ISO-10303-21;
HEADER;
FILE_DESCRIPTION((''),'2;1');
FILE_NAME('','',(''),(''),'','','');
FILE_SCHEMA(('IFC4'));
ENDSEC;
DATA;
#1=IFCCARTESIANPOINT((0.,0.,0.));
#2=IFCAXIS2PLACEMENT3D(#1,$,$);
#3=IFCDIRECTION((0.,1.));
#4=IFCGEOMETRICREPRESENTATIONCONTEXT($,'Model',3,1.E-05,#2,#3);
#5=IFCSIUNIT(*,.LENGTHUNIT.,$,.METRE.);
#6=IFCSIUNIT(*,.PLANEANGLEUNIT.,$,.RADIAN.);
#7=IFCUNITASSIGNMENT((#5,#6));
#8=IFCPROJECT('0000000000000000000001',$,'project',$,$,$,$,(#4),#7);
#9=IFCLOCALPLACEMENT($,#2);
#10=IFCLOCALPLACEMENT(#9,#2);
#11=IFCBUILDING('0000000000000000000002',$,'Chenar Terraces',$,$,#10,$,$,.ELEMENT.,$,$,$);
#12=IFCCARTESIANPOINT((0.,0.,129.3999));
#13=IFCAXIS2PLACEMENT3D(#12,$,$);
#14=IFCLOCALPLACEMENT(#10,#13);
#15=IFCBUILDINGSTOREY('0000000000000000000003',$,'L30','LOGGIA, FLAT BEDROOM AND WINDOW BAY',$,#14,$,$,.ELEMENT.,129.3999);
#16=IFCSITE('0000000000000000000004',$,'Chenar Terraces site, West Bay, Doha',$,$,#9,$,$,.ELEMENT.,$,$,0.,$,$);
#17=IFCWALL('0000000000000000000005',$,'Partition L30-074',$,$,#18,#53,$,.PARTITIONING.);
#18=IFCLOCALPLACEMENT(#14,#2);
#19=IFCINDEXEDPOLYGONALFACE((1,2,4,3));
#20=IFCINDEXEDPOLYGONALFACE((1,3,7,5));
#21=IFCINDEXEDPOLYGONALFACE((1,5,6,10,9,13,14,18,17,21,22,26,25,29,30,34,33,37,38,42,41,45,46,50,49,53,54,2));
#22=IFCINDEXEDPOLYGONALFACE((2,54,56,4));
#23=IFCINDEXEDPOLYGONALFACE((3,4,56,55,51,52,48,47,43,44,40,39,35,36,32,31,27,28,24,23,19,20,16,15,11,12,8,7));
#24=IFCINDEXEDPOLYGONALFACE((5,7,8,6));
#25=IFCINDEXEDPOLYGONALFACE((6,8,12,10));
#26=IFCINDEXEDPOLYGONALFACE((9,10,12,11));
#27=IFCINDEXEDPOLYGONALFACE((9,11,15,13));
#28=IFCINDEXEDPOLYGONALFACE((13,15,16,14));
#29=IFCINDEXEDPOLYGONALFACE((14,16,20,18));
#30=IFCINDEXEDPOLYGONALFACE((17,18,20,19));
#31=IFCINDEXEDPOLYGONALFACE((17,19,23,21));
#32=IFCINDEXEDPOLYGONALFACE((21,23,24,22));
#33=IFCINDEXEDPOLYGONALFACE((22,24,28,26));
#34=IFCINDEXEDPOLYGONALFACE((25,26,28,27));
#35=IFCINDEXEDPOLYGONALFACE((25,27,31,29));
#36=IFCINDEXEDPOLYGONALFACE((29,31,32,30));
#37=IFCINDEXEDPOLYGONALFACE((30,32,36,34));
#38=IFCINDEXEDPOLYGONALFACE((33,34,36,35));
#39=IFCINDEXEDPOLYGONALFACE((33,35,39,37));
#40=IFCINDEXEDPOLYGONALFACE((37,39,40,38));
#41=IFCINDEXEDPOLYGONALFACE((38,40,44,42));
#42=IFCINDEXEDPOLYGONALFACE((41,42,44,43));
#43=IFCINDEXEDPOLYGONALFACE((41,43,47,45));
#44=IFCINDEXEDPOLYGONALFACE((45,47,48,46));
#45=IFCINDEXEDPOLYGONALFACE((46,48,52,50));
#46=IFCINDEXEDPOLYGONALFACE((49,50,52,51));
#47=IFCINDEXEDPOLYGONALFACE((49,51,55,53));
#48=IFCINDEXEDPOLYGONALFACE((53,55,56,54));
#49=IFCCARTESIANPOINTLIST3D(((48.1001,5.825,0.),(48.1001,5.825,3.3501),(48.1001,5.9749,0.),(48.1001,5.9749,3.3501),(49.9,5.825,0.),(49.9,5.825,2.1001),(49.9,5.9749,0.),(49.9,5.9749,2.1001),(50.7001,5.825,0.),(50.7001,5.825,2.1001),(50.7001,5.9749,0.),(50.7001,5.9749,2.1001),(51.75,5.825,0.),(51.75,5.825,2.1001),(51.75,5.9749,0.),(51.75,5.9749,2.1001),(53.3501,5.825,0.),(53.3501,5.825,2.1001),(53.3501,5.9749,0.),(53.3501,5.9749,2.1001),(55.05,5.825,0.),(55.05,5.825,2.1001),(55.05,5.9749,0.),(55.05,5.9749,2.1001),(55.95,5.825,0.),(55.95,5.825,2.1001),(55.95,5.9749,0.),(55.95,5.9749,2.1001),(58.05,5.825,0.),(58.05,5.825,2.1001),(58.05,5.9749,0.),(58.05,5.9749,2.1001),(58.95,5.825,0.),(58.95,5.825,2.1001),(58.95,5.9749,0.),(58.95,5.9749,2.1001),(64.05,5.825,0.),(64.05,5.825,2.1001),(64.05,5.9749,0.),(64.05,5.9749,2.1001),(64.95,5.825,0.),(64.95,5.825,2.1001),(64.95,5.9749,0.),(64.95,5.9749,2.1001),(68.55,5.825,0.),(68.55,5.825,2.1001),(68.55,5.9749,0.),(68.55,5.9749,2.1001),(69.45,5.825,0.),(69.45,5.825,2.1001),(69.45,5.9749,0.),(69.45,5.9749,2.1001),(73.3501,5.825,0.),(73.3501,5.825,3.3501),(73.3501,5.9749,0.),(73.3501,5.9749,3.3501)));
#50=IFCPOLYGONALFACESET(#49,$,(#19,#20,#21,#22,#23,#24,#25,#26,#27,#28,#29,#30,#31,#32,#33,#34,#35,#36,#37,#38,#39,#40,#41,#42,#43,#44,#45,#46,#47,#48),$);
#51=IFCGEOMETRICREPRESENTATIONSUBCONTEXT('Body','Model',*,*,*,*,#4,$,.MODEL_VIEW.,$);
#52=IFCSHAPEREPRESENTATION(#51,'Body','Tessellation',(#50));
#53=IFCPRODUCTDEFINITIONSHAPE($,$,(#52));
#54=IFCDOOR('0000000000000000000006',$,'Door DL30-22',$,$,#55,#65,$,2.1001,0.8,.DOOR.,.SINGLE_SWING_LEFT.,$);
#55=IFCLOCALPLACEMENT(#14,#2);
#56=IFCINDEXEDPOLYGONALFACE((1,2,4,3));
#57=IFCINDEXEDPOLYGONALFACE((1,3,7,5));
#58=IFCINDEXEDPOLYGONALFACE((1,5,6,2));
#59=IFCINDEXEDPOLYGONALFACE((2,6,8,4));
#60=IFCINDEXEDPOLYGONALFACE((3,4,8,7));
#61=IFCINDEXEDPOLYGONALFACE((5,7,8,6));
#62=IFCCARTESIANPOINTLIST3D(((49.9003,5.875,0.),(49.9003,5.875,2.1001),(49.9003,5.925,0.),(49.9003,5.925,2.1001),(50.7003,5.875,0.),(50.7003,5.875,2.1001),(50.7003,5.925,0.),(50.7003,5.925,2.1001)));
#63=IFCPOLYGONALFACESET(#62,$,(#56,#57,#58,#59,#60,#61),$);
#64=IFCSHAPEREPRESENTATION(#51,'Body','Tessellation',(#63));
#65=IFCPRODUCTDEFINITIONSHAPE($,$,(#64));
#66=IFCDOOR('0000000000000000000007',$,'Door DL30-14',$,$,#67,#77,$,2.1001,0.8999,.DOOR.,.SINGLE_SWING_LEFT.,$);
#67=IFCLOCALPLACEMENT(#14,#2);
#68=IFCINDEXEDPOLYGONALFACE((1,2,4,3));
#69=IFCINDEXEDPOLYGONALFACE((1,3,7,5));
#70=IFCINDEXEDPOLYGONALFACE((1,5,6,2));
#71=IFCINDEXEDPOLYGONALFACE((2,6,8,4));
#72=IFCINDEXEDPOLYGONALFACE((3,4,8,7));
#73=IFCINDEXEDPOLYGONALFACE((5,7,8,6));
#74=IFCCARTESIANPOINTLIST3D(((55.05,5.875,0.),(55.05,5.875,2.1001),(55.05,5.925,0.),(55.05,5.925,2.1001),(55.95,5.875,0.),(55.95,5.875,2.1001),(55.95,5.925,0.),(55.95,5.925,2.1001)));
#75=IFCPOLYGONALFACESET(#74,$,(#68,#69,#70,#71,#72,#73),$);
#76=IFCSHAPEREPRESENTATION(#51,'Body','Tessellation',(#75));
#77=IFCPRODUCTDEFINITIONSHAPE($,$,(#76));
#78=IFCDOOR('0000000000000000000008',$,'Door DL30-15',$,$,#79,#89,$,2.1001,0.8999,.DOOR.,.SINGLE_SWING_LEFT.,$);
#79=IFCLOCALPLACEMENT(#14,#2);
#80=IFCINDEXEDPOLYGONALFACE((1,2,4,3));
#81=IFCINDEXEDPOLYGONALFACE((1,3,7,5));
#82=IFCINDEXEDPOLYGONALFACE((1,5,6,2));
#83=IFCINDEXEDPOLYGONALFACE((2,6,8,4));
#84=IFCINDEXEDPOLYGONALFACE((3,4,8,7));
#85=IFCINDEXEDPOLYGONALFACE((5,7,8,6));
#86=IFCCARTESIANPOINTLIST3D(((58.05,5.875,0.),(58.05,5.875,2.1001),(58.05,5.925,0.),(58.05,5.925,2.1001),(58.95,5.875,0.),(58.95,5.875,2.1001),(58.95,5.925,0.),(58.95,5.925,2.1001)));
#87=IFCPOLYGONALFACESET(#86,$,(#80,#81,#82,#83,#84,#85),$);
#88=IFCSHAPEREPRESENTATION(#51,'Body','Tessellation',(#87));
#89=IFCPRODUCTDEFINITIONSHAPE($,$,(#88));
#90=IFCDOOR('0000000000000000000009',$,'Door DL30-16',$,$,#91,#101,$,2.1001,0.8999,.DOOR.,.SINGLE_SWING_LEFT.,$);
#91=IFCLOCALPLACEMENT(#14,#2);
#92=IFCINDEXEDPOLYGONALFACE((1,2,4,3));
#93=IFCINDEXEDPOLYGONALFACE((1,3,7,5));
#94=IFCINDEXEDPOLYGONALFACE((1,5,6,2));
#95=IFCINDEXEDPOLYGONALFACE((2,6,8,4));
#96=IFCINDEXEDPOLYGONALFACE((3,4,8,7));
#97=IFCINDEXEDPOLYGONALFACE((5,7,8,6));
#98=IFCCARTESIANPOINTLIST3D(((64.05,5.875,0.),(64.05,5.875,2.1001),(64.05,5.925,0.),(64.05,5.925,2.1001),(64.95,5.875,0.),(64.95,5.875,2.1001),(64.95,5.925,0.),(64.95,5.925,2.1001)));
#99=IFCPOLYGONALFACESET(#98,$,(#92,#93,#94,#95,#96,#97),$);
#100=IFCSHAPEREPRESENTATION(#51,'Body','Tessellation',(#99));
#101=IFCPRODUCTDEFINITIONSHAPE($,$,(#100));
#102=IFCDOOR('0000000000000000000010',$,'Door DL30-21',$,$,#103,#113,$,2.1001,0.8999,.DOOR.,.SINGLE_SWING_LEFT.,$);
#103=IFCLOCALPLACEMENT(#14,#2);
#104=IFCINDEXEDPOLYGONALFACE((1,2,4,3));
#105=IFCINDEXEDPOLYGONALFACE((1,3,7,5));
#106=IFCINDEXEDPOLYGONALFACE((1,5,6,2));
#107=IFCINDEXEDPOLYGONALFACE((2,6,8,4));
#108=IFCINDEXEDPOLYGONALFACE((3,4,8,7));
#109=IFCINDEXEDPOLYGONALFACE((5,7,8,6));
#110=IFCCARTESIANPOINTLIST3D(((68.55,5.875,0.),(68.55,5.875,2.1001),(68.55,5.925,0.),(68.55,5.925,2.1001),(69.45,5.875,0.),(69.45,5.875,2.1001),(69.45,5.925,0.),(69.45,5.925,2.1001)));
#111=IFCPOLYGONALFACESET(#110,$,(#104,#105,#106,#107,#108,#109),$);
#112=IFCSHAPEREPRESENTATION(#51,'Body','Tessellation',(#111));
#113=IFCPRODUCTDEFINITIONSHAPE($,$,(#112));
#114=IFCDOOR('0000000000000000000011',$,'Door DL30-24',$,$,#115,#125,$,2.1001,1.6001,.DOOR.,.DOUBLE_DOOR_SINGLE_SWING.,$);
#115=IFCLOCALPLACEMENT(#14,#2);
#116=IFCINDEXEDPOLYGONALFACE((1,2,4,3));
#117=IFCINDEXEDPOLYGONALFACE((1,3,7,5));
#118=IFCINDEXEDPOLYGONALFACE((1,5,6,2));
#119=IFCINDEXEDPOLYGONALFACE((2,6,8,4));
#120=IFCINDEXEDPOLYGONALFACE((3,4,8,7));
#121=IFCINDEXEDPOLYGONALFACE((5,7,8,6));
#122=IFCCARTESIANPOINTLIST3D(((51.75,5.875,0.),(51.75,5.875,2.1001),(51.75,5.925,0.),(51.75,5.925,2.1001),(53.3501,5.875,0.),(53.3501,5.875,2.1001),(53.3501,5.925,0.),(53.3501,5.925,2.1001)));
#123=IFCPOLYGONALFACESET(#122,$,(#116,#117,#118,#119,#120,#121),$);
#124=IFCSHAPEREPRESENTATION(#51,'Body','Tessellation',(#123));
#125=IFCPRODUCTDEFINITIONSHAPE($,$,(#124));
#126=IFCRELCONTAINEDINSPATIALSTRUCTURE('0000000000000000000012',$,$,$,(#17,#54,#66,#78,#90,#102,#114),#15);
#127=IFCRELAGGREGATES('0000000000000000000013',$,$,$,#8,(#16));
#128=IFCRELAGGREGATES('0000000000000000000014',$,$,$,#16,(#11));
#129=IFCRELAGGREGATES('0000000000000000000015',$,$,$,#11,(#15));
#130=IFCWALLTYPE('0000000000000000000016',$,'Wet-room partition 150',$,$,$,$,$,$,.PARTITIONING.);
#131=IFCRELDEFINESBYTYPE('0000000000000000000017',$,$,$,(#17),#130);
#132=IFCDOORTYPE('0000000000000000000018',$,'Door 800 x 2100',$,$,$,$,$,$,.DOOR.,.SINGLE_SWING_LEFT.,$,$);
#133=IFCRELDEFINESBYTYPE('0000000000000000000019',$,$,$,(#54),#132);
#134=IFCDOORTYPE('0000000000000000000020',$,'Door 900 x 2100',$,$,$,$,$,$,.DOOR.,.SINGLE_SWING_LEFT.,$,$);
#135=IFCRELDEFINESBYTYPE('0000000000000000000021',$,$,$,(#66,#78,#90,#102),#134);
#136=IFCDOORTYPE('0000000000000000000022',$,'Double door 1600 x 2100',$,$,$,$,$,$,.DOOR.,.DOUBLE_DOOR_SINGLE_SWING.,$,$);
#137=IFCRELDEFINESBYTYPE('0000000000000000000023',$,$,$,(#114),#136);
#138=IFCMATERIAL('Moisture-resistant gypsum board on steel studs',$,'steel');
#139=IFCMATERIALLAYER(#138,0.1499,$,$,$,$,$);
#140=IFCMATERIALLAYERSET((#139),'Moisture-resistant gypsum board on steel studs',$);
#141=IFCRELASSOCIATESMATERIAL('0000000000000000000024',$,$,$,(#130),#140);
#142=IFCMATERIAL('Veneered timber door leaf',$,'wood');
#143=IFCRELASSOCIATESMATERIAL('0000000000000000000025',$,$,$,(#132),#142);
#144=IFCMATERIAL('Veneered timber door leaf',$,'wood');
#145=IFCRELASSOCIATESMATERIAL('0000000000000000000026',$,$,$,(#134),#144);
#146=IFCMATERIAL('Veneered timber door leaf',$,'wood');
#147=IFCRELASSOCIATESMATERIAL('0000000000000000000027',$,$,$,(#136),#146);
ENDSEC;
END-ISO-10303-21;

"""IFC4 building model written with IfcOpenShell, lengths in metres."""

from ifc_helpers import new_model, si_unit, direction, frame, frame_2d, origin, place, context, subcontext, project, spatial, rectangle, extrude, material, layer, layer_set, type_object, element, fill, save


model = new_model("IFC4")

# Units and contexts
model_context = context("Model", 3, precision=1e-05, world=origin(), true_north=direction((0.0, 1.0)))
body_context = subcontext(model_context, "Body", "Model", "MODEL_VIEW")
ifc_project = project(units=[si_unit("LENGTHUNIT", "METRE"), si_unit("PLANEANGLEUNIT", "RADIAN")], contexts=[model_context])

# Site, building, storey
site_placement = place(None, origin())
site = spatial("IfcSite", under=ifc_project, at=site_placement, Name="Chenar Terraces site, West Bay, Doha", CompositionType="ELEMENT", RefElevation=0.0)
building_placement = place(site_placement, origin())
building = spatial("IfcBuilding", under=site, at=building_placement, Name="Chenar Terraces", CompositionType="ELEMENT")
storey_placement = place(building_placement, frame((0.0, 0.0, 129.3999)))
storey = spatial("IfcBuildingStorey", under=building, at=storey_placement, Name="L30", Description="LOGGIA, FLAT BEDROOM AND WINDOW BAY", CompositionType="ELEMENT", Elevation=129.3999)

# Wall, openings, doors
ifc_material_1 = material(Name="Moisture-resistant gypsum board on steel studs", Category="steel")
ifc_layer_1 = layer(ifc_material_1, 0.1499)
ifc_layer_set_1 = layer_set([ifc_layer_1], Name="Moisture-resistant gypsum board on steel studs")
wall_type_1 = type_object("IfcWallType", Name="Wet-room partition 150", PredefinedType="PARTITIONING", material=ifc_layer_set_1)
wall_1_placement = place(storey_placement, frame((48.1001, 5.8999, 0.0), z_axis=(0.0, 0.0, 1.0), x_axis=(1.0, 0.0, 0.0)))
wall_1 = element("IfcWall", 1, at=wall_1_placement, inside=storey, type_object=wall_type_1, Name="Partition L30-074", PredefinedType="PARTITIONING", context=body_context, shape_type="SweptSolid", body=[
    extrude(rectangle(XDim=25.25, YDim=0.1499, at=frame_2d((12.625, 0.0))), origin(), (0.0, 0.0, 1.0), 3.3501),
])
opening_1_placement = place(wall_1_placement, frame((6.95, 0.0, 0.0)))
opening_1 = element("IfcOpeningElement", 2, at=opening_1_placement, cuts=wall_1, PredefinedType="OPENING", context=body_context, shape_type="SweptSolid", body=[
    extrude(rectangle(XDim=0.8999, YDim=2.1001, at=frame_2d((0.45, 1.05))), frame((0.0, 0.085, 0.0), z_axis=(0.0, -1.0, 0.0), x_axis=(1.0, 0.0, 0.0)), (0.0, 0.0, 1.0), 0.1699),
])
opening_2_placement = place(wall_1_placement, frame((9.95, 0.0, 0.0)))
opening_2 = element("IfcOpeningElement", 3, at=opening_2_placement, cuts=wall_1, PredefinedType="OPENING", context=body_context, shape_type="SweptSolid", body=[
    extrude(rectangle(XDim=0.8999, YDim=2.1001, at=frame_2d((0.45, 1.05))), frame((0.0, 0.085, 0.0), z_axis=(0.0, -1.0, 0.0), x_axis=(1.0, 0.0, 0.0)), (0.0, 0.0, 1.0), 0.1699),
])
opening_3_placement = place(wall_1_placement, frame((15.95, 0.0, 0.0)))
opening_3 = element("IfcOpeningElement", 4, at=opening_3_placement, cuts=wall_1, PredefinedType="OPENING", context=body_context, shape_type="SweptSolid", body=[
    extrude(rectangle(XDim=0.8999, YDim=2.1001, at=frame_2d((0.45, 1.05))), frame((0.0, 0.085, 0.0), z_axis=(0.0, -1.0, 0.0), x_axis=(1.0, 0.0, 0.0)), (0.0, 0.0, 1.0), 0.1699),
])
opening_4_placement = place(wall_1_placement, frame((20.45, 0.0, 0.0)))
opening_4 = element("IfcOpeningElement", 5, at=opening_4_placement, cuts=wall_1, PredefinedType="OPENING", context=body_context, shape_type="SweptSolid", body=[
    extrude(rectangle(XDim=0.8999, YDim=2.1001, at=frame_2d((0.45, 1.05))), frame((0.0, 0.085, 0.0), z_axis=(0.0, -1.0, 0.0), x_axis=(1.0, 0.0, 0.0)), (0.0, 0.0, 1.0), 0.1699),
])
opening_5_placement = place(wall_1_placement, frame((1.8, 0.0, 0.0)))
opening_5 = element("IfcOpeningElement", 6, at=opening_5_placement, cuts=wall_1, PredefinedType="OPENING", context=body_context, shape_type="SweptSolid", body=[
    extrude(rectangle(XDim=0.8, YDim=2.1001, at=frame_2d((0.3999, 1.05))), frame((0.0, 0.085, 0.0), z_axis=(0.0, -1.0, 0.0), x_axis=(1.0, 0.0, 0.0)), (0.0, 0.0, 1.0), 0.1699),
])
opening_6_placement = place(wall_1_placement, frame((3.6499, 0.0, 0.0)))
opening_6 = element("IfcOpeningElement", 7, at=opening_6_placement, cuts=wall_1, PredefinedType="OPENING", context=body_context, shape_type="SweptSolid", body=[
    extrude(rectangle(XDim=1.6001, YDim=2.1001, at=frame_2d((0.8, 1.05))), frame((0.0, 0.085, 0.0), z_axis=(0.0, -1.0, 0.0), x_axis=(1.0, 0.0, 0.0)), (0.0, 0.0, 1.0), 0.1699),
])
ifc_material_2 = material(Name="Veneered timber door leaf", Category="wood")
door_type_1 = type_object("IfcDoorType", Name="Door 800 x 2100", OperationType="SINGLE_SWING_LEFT", PredefinedType="DOOR", material=ifc_material_2)
door_1_placement = place(opening_5_placement, frame((0.8, 0.0, 0.0), z_axis=(0.0, 0.0, 1.0), x_axis=(-1.0, 0.0, 0.0)))
door_1 = element("IfcDoor", 8, at=door_1_placement, inside=storey, type_object=door_type_1, Name="Door DL30-22", OperationType="SINGLE_SWING_LEFT", OverallHeight=2.1001, OverallWidth=0.8, PredefinedType="DOOR", context=body_context, shape_type="SweptSolid", body=[
    extrude(rectangle(XDim=0.8, YDim=2.1001, at=frame_2d((0.3999, 1.05))), frame((0.0, 0.0249, 0.0), z_axis=(0.0, -1.0, 0.0), x_axis=(1.0, 0.0, 0.0)), (0.0, 0.0, 1.0), 0.05),
])
fill(opening_5, door_1)
ifc_material_3 = material(Name="Veneered timber door leaf", Category="wood")
door_type_2 = type_object("IfcDoorType", Name="Door 900 x 2100", OperationType="SINGLE_SWING_LEFT", PredefinedType="DOOR", material=ifc_material_3)
door_2_placement = place(opening_1_placement, frame((0.8999, 0.0, 0.0), z_axis=(0.0, 0.0, 1.0), x_axis=(-1.0, 0.0, 0.0)))
door_2 = element("IfcDoor", 9, at=door_2_placement, inside=storey, type_object=door_type_2, Name="Door DL30-14", OperationType="SINGLE_SWING_LEFT", OverallHeight=2.1001, OverallWidth=0.8999, PredefinedType="DOOR", context=body_context, shape_type="SweptSolid", body=[
    extrude(rectangle(XDim=0.8999, YDim=2.1001, at=frame_2d((0.45, 1.05))), frame((0.0, 0.0249, 0.0), z_axis=(0.0, -1.0, 0.0), x_axis=(1.0, 0.0, 0.0)), (0.0, 0.0, 1.0), 0.05),
])
fill(opening_1, door_2)
door_3_placement = place(opening_2_placement, frame((0.8999, 0.0, 0.0), z_axis=(0.0, 0.0, 1.0), x_axis=(-1.0, 0.0, 0.0)))
door_3 = element("IfcDoor", 10, at=door_3_placement, inside=storey, type_object=door_type_2, Name="Door DL30-15", OperationType="SINGLE_SWING_LEFT", OverallHeight=2.1001, OverallWidth=0.8999, PredefinedType="DOOR", context=body_context, shape_type="SweptSolid", body=[
    extrude(rectangle(XDim=0.8999, YDim=2.1001, at=frame_2d((0.45, 1.05))), frame((0.0, 0.0249, 0.0), z_axis=(0.0, -1.0, 0.0), x_axis=(1.0, 0.0, 0.0)), (0.0, 0.0, 1.0), 0.05),
])
fill(opening_2, door_3)
door_4_placement = place(opening_3_placement, frame((0.8999, 0.0, 0.0), z_axis=(0.0, 0.0, 1.0), x_axis=(-1.0, 0.0, 0.0)))
door_4 = element("IfcDoor", 11, at=door_4_placement, inside=storey, type_object=door_type_2, Name="Door DL30-16", OperationType="SINGLE_SWING_LEFT", OverallHeight=2.1001, OverallWidth=0.8999, PredefinedType="DOOR", context=body_context, shape_type="SweptSolid", body=[
    extrude(rectangle(XDim=0.8999, YDim=2.1001, at=frame_2d((0.45, 1.05))), frame((0.0, 0.0249, 0.0), z_axis=(0.0, -1.0, 0.0), x_axis=(1.0, 0.0, 0.0)), (0.0, 0.0, 1.0), 0.05),
])
fill(opening_3, door_4)
door_5_placement = place(opening_4_placement, frame((0.8999, 0.0, 0.0), z_axis=(0.0, 0.0, 1.0), x_axis=(-1.0, 0.0, 0.0)))
door_5 = element("IfcDoor", 12, at=door_5_placement, inside=storey, type_object=door_type_2, Name="Door DL30-21", OperationType="SINGLE_SWING_LEFT", OverallHeight=2.1001, OverallWidth=0.8999, PredefinedType="DOOR", context=body_context, shape_type="SweptSolid", body=[
    extrude(rectangle(XDim=0.8999, YDim=2.1001, at=frame_2d((0.45, 1.05))), frame((0.0, 0.0249, 0.0), z_axis=(0.0, -1.0, 0.0), x_axis=(1.0, 0.0, 0.0)), (0.0, 0.0, 1.0), 0.05),
])
fill(opening_4, door_5)
ifc_material_4 = material(Name="Veneered timber door leaf", Category="wood")
door_type_3 = type_object("IfcDoorType", Name="Double door 1600 x 2100", OperationType="DOUBLE_DOOR_SINGLE_SWING", PredefinedType="DOOR", material=ifc_material_4)
door_6_placement = place(opening_6_placement, frame((1.6001, 0.0, 0.0), z_axis=(0.0, 0.0, 1.0), x_axis=(-1.0, 0.0, 0.0)))
door_6 = element("IfcDoor", 13, at=door_6_placement, inside=storey, type_object=door_type_3, Name="Door DL30-24", OperationType="DOUBLE_DOOR_SINGLE_SWING", OverallHeight=2.1001, OverallWidth=1.6001, PredefinedType="DOOR", context=body_context, shape_type="SweptSolid", body=[
    extrude(rectangle(XDim=1.6001, YDim=2.1001, at=frame_2d((0.8, 1.05))), frame((0.0, 0.0249, 0.0), z_axis=(0.0, -1.0, 0.0), x_axis=(1.0, 0.0, 0.0)), (0.0, 0.0, 1.0), 0.05),
])
fill(opening_6, door_6)

save(model, "model.ifc")
